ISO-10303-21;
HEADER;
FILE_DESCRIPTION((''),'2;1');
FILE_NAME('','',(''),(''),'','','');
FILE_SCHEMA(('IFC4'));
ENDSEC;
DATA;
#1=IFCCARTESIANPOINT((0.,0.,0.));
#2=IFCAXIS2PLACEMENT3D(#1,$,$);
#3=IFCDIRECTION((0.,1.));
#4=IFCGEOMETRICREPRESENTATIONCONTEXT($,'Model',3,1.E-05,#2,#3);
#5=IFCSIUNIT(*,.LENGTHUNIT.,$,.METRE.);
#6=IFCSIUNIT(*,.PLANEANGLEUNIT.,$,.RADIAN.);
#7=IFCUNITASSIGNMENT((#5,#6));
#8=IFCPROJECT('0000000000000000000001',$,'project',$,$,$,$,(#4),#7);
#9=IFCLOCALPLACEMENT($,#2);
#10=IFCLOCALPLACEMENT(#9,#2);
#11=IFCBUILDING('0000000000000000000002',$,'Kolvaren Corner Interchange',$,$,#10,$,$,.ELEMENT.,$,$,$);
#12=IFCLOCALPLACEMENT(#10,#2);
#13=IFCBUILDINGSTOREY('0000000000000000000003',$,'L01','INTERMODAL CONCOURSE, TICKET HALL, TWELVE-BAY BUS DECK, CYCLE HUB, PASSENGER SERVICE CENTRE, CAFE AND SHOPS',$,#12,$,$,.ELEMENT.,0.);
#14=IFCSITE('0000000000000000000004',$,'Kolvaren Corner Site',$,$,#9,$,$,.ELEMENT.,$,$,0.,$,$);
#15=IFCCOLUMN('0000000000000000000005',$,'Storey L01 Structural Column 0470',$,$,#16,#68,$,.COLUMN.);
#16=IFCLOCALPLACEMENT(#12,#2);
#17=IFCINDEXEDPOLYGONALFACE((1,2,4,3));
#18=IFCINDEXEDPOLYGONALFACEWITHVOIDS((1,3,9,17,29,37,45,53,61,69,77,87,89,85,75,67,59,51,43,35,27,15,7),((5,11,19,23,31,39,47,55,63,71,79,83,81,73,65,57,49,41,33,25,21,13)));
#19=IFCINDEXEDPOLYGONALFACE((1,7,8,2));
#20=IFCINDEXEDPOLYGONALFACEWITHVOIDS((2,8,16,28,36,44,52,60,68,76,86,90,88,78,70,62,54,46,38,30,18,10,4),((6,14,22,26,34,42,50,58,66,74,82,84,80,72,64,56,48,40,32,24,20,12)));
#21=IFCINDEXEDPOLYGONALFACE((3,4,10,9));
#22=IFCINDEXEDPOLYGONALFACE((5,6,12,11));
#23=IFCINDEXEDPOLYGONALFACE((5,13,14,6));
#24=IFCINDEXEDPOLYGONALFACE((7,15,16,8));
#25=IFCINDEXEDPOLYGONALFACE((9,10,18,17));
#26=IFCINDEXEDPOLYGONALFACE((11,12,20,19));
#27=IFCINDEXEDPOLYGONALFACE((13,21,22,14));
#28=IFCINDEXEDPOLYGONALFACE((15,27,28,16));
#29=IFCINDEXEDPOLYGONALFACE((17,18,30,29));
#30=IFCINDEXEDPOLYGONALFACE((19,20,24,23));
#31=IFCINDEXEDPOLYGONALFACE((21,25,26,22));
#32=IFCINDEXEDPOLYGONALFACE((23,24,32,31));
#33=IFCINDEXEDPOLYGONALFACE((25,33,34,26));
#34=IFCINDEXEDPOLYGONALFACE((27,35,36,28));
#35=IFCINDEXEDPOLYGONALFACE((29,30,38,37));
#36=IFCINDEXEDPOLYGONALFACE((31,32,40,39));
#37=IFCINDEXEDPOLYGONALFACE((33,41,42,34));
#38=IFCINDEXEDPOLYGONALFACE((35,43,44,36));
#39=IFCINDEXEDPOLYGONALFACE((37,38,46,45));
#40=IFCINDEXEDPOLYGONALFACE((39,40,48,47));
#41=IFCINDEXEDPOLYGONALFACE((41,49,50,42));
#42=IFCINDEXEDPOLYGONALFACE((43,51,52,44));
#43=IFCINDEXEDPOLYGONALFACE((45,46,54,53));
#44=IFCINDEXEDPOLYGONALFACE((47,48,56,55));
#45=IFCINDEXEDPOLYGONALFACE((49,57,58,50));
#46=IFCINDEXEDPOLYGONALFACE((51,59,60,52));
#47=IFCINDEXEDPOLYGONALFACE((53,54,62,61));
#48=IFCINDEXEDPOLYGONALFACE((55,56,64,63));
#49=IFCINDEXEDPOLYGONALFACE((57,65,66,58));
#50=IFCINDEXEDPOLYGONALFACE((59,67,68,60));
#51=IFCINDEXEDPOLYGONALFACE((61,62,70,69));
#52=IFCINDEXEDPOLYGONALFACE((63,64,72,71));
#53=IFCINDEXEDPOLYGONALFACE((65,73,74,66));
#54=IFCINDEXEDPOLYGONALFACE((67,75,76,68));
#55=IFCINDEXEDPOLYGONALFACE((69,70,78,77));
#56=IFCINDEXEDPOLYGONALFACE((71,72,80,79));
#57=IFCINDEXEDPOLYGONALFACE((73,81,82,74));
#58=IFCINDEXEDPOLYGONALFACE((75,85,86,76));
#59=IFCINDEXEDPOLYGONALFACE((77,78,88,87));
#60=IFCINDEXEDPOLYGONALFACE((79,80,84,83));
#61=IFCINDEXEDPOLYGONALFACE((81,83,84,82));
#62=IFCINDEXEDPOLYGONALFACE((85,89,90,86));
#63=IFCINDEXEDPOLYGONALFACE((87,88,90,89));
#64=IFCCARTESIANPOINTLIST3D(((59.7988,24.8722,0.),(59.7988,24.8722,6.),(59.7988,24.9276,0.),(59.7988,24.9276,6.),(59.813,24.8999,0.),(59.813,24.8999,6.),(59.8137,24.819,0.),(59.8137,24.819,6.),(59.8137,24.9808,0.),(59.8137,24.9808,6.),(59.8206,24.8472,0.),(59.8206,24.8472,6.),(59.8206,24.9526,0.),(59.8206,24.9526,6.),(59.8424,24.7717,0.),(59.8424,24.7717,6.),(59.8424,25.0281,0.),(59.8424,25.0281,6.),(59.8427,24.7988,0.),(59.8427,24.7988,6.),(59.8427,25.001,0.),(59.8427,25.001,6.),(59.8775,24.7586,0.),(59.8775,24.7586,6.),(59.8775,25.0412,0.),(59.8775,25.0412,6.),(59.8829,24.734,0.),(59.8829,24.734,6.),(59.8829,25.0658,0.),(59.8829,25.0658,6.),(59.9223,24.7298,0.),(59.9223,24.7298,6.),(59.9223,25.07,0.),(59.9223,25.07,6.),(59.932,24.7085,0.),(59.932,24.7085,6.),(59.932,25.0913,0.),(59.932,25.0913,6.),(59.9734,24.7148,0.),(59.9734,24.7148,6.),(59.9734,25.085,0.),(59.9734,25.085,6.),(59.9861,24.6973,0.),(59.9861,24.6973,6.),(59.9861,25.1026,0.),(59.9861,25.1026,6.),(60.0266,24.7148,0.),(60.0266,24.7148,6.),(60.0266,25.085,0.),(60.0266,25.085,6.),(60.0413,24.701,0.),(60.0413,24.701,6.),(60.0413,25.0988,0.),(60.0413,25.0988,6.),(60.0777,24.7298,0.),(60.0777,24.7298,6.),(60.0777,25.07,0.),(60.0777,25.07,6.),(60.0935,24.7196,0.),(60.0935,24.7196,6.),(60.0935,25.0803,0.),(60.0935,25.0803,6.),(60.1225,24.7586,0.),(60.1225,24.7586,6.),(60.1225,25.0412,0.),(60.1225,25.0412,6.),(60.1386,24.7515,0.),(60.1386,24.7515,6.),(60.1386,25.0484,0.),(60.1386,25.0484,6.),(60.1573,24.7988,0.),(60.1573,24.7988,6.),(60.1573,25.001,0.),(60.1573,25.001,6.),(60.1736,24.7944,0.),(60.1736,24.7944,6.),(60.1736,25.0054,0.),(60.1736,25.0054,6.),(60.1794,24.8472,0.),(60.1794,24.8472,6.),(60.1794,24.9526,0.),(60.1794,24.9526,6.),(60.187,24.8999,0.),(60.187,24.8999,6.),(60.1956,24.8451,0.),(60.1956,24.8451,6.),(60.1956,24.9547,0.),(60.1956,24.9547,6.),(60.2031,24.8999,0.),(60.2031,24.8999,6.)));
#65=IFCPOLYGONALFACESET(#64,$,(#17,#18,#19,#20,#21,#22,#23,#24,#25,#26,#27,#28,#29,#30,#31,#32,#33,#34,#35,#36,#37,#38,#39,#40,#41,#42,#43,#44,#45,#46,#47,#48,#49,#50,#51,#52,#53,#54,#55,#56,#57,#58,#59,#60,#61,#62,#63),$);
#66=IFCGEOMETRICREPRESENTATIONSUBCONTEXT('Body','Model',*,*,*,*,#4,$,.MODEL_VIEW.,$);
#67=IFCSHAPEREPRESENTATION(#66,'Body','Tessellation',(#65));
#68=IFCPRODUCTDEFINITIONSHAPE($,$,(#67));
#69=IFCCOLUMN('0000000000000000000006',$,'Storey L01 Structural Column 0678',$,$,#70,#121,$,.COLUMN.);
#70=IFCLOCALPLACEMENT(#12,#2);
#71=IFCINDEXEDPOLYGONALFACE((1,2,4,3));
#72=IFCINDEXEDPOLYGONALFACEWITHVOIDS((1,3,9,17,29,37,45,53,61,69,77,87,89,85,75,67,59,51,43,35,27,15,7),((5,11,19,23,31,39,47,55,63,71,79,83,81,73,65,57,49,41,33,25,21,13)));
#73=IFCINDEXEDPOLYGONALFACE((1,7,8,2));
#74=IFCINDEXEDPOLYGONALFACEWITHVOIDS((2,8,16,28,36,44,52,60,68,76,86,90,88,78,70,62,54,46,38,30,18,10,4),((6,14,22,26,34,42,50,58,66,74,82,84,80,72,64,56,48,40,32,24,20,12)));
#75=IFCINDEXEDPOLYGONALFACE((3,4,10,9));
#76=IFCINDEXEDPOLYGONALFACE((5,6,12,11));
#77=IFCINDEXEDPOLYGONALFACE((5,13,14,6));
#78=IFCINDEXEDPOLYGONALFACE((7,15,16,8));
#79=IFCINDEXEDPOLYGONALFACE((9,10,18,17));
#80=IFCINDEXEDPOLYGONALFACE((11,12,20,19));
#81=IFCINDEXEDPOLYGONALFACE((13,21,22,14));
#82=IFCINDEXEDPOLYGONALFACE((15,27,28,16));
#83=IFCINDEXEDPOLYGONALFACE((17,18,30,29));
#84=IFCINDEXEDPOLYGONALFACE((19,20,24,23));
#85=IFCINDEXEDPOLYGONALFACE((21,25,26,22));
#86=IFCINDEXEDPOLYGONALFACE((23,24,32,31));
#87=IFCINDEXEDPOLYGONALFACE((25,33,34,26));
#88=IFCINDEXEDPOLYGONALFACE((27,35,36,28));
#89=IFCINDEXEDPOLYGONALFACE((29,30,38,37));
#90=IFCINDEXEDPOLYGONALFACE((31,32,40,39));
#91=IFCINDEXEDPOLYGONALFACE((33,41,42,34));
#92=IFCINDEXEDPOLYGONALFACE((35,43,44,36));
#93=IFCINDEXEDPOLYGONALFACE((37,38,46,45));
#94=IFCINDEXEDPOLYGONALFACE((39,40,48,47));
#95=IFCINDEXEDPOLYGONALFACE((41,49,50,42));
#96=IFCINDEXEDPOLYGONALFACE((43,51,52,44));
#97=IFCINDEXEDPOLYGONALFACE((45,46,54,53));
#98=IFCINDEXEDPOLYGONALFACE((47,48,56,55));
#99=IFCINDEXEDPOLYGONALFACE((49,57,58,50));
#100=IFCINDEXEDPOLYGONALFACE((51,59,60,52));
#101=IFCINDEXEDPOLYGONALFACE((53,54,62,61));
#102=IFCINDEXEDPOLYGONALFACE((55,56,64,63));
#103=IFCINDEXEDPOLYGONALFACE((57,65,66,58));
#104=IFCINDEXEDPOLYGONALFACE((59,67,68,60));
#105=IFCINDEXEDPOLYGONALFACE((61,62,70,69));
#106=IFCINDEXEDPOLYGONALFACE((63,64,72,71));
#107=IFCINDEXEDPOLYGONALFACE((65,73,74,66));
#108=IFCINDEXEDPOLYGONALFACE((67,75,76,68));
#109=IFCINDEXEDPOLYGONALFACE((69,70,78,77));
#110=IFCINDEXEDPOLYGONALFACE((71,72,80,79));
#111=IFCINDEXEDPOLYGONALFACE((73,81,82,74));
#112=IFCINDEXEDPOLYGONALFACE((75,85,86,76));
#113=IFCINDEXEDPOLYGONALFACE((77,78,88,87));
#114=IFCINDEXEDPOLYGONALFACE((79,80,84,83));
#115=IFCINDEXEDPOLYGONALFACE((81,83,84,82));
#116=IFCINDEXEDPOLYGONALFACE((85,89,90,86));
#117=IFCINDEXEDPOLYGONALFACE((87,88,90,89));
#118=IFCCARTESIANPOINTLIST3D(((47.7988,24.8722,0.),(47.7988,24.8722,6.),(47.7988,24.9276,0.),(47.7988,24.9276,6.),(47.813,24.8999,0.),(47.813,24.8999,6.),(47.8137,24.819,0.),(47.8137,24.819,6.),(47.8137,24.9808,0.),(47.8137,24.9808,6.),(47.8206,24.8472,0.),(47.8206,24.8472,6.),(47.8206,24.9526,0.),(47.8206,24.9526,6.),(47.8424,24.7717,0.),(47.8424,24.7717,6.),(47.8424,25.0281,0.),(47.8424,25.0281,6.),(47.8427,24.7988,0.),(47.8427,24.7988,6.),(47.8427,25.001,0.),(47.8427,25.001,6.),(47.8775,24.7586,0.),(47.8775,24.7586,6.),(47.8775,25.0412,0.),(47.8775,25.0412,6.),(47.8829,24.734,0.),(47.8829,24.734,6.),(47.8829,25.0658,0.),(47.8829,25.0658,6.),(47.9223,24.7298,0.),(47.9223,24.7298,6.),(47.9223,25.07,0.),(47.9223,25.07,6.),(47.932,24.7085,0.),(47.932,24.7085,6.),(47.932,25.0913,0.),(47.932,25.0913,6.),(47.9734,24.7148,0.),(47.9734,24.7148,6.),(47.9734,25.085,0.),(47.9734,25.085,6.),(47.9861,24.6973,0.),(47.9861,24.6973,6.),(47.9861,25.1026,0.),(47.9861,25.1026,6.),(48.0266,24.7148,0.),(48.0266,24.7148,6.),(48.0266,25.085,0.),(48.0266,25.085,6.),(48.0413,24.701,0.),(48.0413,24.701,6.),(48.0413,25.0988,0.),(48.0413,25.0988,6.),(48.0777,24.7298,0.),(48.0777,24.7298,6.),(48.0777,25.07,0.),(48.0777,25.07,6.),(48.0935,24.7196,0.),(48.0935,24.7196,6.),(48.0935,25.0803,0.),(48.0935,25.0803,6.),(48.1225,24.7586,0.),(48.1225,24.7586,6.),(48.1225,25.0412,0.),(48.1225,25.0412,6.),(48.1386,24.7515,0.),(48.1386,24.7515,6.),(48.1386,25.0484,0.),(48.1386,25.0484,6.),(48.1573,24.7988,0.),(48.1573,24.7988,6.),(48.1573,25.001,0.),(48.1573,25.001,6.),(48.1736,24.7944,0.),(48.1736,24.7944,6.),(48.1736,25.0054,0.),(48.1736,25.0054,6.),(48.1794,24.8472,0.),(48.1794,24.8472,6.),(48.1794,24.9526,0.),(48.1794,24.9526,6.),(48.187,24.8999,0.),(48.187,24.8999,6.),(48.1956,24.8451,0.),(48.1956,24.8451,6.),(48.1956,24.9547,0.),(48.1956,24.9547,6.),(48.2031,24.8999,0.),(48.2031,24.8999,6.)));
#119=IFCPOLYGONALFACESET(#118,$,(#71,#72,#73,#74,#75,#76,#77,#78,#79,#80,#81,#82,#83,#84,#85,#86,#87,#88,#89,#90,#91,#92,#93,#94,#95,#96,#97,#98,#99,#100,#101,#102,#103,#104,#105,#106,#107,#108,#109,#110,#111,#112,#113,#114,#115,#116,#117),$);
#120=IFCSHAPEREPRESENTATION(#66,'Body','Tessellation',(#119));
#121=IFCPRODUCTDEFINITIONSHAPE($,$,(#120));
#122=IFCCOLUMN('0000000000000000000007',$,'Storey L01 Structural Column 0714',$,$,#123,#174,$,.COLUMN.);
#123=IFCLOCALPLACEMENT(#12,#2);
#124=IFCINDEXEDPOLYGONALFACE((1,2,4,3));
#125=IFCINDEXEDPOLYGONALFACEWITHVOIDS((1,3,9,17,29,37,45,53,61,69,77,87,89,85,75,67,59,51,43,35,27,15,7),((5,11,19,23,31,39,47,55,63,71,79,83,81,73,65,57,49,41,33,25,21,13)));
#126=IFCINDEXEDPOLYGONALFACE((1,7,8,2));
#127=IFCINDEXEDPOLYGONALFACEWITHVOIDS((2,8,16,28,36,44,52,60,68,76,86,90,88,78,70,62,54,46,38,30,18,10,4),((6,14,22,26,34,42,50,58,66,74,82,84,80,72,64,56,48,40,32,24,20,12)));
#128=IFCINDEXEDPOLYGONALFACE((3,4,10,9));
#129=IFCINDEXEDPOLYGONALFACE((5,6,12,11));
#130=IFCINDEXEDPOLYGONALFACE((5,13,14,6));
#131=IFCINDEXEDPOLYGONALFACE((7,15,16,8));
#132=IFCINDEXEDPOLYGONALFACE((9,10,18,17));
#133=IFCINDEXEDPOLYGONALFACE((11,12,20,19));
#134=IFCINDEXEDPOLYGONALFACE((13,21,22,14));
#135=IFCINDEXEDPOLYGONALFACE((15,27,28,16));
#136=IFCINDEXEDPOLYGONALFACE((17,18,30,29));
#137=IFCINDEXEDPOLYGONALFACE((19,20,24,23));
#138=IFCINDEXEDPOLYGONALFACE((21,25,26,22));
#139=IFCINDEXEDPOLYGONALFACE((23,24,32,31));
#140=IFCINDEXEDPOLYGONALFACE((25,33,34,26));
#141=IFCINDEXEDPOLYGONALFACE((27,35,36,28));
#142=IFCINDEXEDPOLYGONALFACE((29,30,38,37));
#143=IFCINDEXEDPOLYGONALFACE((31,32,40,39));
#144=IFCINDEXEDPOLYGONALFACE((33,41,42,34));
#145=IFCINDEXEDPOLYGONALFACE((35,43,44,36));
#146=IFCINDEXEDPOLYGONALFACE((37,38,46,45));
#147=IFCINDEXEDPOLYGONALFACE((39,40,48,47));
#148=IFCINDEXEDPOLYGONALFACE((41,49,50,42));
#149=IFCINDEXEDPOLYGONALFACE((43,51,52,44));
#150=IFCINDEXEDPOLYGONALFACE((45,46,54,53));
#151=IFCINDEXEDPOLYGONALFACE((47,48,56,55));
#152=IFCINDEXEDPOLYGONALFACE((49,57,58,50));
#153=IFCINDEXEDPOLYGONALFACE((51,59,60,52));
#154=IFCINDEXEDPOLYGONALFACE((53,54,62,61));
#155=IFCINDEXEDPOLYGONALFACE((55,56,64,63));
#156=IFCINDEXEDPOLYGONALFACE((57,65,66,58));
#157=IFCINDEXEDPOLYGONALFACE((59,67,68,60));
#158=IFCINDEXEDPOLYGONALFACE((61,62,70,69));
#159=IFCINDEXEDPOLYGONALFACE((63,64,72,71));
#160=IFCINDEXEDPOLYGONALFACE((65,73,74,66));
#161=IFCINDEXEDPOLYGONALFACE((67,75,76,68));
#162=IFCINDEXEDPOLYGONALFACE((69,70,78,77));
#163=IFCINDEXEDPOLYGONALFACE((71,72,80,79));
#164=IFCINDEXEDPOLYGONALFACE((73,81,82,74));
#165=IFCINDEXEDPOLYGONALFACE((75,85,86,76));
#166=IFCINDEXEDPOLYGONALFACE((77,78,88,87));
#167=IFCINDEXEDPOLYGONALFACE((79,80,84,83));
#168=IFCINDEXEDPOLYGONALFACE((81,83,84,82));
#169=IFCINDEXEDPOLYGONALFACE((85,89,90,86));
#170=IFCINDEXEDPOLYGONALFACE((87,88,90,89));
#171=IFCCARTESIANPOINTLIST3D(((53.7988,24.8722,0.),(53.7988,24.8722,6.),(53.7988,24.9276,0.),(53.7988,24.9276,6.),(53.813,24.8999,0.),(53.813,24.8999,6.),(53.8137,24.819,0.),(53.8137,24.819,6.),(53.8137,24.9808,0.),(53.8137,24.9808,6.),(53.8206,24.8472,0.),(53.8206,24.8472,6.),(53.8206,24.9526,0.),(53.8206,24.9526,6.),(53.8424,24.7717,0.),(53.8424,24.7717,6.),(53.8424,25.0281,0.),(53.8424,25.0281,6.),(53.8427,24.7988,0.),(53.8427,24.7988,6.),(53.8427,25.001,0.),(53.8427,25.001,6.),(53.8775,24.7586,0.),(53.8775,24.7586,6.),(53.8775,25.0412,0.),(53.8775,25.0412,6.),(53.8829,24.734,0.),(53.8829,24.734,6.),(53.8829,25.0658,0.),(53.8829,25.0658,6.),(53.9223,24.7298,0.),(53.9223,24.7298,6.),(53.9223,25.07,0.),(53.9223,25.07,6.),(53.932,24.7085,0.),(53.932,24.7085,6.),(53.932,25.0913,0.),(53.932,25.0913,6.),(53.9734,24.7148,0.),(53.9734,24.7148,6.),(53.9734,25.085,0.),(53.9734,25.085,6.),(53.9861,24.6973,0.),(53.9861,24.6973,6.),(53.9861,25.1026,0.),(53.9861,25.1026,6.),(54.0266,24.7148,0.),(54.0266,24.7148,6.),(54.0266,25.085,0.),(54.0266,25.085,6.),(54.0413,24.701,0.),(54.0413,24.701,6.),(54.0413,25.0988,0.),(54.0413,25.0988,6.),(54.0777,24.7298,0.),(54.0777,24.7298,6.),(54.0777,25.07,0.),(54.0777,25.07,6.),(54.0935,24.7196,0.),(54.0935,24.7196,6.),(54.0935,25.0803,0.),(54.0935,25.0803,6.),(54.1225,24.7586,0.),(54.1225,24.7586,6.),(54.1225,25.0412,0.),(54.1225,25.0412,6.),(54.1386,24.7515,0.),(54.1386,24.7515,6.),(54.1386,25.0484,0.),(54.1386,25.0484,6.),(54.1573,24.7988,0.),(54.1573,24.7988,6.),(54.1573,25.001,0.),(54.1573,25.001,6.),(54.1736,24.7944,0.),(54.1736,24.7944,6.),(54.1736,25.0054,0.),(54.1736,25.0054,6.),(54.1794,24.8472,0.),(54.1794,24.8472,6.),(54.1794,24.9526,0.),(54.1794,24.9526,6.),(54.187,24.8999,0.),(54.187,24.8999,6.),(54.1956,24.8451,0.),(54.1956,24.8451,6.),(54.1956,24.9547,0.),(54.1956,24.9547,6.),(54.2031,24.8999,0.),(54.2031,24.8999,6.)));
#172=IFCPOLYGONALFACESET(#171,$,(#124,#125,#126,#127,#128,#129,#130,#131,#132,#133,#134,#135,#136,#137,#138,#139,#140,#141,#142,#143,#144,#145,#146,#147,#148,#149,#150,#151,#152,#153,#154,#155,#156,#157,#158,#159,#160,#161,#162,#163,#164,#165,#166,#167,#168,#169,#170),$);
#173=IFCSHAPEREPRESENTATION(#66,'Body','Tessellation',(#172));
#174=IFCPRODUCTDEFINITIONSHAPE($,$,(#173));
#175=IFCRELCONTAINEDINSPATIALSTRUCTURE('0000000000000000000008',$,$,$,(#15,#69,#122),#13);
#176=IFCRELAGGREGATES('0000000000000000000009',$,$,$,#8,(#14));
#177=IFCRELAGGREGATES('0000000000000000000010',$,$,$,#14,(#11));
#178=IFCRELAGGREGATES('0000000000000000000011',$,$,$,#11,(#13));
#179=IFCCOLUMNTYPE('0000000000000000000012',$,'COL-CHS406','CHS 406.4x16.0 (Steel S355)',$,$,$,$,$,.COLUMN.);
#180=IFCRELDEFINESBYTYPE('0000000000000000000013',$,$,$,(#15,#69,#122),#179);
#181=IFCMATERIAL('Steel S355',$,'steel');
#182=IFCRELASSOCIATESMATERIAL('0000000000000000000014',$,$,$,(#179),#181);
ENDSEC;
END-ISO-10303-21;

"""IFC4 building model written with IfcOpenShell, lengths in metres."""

from ifc_helpers import new_model, si_unit, direction, frame, origin, origin_2d, place, context, subcontext, project, spatial, hollow_circle, extrude, material, material_profile, profile_set, type_object, element, save


model = new_model("IFC4")

# Units and contexts
model_context = context("Model", 3, precision=1e-05, world=origin(), true_north=direction((0.0, 1.0)))
body_context = subcontext(model_context, "Body", "Model", "MODEL_VIEW")
ifc_project = project(units=[si_unit("LENGTHUNIT", "METRE"), si_unit("PLANEANGLEUNIT", "RADIAN")], contexts=[model_context])

# Site, building, storey
site_placement = place(None, origin())
site = spatial("IfcSite", under=ifc_project, at=site_placement, Name="Kolvaren Corner Site", CompositionType="ELEMENT", RefElevation=0.0)
building_placement = place(site_placement, origin())
building = spatial("IfcBuilding", under=site, at=building_placement, Name="Kolvaren Corner Interchange", CompositionType="ELEMENT")
storey_placement = place(building_placement, origin())
storey = spatial("IfcBuildingStorey", under=building, at=storey_placement, Name="L01", Description="INTERMODAL CONCOURSE, TICKET HALL, TWELVE-BAY BUS DECK, CYCLE HUB, PASSENGER SERVICE CENTRE, CAFE AND SHOPS", CompositionType="ELEMENT", Elevation=0.0)

# Columns
ifc_material_1 = material(Name="Steel S355", Category="steel")
ifc_material_profile_1 = material_profile(ifc_material_1, hollow_circle(Radius=0.2031, WallThickness=0.0161, at=origin_2d()), Name="CHS 406.4x16.0")
ifc_profile_set_1 = profile_set([ifc_material_profile_1], Name="Steel S355")
column_type = type_object("IfcColumnType", Name="COL-CHS406", Description="CHS 406.4x16.0 (Steel S355)", PredefinedType="COLUMN", material=ifc_profile_set_1)
for number, where, z_axis, x_axis, name in (
    (1, (60.0, 24.8999, 0.0), (0.0, 0.0, 1.0), (1.0, 0.0, 0.0), "Storey L01 Structural Column 0470"),
    (2, (48.0, 24.8999, 0.0), (0.0, 0.0, 1.0), (1.0, 0.0, 0.0), "Storey L01 Structural Column 0678"),
    (3, (54.0, 24.8999, 0.0), (0.0, 0.0, 1.0), (1.0, 0.0, 0.0), "Storey L01 Structural Column 0714"),
):
    element("IfcColumn", number, at=place(storey_placement, frame(where, z_axis=z_axis, x_axis=x_axis)), inside=storey, type_object=column_type, Name=name, PredefinedType="COLUMN", context=body_context, shape_type="SweptSolid", body=[
        extrude(hollow_circle(Radius=0.2031, WallThickness=0.0161, at=origin_2d()), origin(), (0.0, 0.0, 1.0), 6.0),
    ])

save(model, "model.ifc")
